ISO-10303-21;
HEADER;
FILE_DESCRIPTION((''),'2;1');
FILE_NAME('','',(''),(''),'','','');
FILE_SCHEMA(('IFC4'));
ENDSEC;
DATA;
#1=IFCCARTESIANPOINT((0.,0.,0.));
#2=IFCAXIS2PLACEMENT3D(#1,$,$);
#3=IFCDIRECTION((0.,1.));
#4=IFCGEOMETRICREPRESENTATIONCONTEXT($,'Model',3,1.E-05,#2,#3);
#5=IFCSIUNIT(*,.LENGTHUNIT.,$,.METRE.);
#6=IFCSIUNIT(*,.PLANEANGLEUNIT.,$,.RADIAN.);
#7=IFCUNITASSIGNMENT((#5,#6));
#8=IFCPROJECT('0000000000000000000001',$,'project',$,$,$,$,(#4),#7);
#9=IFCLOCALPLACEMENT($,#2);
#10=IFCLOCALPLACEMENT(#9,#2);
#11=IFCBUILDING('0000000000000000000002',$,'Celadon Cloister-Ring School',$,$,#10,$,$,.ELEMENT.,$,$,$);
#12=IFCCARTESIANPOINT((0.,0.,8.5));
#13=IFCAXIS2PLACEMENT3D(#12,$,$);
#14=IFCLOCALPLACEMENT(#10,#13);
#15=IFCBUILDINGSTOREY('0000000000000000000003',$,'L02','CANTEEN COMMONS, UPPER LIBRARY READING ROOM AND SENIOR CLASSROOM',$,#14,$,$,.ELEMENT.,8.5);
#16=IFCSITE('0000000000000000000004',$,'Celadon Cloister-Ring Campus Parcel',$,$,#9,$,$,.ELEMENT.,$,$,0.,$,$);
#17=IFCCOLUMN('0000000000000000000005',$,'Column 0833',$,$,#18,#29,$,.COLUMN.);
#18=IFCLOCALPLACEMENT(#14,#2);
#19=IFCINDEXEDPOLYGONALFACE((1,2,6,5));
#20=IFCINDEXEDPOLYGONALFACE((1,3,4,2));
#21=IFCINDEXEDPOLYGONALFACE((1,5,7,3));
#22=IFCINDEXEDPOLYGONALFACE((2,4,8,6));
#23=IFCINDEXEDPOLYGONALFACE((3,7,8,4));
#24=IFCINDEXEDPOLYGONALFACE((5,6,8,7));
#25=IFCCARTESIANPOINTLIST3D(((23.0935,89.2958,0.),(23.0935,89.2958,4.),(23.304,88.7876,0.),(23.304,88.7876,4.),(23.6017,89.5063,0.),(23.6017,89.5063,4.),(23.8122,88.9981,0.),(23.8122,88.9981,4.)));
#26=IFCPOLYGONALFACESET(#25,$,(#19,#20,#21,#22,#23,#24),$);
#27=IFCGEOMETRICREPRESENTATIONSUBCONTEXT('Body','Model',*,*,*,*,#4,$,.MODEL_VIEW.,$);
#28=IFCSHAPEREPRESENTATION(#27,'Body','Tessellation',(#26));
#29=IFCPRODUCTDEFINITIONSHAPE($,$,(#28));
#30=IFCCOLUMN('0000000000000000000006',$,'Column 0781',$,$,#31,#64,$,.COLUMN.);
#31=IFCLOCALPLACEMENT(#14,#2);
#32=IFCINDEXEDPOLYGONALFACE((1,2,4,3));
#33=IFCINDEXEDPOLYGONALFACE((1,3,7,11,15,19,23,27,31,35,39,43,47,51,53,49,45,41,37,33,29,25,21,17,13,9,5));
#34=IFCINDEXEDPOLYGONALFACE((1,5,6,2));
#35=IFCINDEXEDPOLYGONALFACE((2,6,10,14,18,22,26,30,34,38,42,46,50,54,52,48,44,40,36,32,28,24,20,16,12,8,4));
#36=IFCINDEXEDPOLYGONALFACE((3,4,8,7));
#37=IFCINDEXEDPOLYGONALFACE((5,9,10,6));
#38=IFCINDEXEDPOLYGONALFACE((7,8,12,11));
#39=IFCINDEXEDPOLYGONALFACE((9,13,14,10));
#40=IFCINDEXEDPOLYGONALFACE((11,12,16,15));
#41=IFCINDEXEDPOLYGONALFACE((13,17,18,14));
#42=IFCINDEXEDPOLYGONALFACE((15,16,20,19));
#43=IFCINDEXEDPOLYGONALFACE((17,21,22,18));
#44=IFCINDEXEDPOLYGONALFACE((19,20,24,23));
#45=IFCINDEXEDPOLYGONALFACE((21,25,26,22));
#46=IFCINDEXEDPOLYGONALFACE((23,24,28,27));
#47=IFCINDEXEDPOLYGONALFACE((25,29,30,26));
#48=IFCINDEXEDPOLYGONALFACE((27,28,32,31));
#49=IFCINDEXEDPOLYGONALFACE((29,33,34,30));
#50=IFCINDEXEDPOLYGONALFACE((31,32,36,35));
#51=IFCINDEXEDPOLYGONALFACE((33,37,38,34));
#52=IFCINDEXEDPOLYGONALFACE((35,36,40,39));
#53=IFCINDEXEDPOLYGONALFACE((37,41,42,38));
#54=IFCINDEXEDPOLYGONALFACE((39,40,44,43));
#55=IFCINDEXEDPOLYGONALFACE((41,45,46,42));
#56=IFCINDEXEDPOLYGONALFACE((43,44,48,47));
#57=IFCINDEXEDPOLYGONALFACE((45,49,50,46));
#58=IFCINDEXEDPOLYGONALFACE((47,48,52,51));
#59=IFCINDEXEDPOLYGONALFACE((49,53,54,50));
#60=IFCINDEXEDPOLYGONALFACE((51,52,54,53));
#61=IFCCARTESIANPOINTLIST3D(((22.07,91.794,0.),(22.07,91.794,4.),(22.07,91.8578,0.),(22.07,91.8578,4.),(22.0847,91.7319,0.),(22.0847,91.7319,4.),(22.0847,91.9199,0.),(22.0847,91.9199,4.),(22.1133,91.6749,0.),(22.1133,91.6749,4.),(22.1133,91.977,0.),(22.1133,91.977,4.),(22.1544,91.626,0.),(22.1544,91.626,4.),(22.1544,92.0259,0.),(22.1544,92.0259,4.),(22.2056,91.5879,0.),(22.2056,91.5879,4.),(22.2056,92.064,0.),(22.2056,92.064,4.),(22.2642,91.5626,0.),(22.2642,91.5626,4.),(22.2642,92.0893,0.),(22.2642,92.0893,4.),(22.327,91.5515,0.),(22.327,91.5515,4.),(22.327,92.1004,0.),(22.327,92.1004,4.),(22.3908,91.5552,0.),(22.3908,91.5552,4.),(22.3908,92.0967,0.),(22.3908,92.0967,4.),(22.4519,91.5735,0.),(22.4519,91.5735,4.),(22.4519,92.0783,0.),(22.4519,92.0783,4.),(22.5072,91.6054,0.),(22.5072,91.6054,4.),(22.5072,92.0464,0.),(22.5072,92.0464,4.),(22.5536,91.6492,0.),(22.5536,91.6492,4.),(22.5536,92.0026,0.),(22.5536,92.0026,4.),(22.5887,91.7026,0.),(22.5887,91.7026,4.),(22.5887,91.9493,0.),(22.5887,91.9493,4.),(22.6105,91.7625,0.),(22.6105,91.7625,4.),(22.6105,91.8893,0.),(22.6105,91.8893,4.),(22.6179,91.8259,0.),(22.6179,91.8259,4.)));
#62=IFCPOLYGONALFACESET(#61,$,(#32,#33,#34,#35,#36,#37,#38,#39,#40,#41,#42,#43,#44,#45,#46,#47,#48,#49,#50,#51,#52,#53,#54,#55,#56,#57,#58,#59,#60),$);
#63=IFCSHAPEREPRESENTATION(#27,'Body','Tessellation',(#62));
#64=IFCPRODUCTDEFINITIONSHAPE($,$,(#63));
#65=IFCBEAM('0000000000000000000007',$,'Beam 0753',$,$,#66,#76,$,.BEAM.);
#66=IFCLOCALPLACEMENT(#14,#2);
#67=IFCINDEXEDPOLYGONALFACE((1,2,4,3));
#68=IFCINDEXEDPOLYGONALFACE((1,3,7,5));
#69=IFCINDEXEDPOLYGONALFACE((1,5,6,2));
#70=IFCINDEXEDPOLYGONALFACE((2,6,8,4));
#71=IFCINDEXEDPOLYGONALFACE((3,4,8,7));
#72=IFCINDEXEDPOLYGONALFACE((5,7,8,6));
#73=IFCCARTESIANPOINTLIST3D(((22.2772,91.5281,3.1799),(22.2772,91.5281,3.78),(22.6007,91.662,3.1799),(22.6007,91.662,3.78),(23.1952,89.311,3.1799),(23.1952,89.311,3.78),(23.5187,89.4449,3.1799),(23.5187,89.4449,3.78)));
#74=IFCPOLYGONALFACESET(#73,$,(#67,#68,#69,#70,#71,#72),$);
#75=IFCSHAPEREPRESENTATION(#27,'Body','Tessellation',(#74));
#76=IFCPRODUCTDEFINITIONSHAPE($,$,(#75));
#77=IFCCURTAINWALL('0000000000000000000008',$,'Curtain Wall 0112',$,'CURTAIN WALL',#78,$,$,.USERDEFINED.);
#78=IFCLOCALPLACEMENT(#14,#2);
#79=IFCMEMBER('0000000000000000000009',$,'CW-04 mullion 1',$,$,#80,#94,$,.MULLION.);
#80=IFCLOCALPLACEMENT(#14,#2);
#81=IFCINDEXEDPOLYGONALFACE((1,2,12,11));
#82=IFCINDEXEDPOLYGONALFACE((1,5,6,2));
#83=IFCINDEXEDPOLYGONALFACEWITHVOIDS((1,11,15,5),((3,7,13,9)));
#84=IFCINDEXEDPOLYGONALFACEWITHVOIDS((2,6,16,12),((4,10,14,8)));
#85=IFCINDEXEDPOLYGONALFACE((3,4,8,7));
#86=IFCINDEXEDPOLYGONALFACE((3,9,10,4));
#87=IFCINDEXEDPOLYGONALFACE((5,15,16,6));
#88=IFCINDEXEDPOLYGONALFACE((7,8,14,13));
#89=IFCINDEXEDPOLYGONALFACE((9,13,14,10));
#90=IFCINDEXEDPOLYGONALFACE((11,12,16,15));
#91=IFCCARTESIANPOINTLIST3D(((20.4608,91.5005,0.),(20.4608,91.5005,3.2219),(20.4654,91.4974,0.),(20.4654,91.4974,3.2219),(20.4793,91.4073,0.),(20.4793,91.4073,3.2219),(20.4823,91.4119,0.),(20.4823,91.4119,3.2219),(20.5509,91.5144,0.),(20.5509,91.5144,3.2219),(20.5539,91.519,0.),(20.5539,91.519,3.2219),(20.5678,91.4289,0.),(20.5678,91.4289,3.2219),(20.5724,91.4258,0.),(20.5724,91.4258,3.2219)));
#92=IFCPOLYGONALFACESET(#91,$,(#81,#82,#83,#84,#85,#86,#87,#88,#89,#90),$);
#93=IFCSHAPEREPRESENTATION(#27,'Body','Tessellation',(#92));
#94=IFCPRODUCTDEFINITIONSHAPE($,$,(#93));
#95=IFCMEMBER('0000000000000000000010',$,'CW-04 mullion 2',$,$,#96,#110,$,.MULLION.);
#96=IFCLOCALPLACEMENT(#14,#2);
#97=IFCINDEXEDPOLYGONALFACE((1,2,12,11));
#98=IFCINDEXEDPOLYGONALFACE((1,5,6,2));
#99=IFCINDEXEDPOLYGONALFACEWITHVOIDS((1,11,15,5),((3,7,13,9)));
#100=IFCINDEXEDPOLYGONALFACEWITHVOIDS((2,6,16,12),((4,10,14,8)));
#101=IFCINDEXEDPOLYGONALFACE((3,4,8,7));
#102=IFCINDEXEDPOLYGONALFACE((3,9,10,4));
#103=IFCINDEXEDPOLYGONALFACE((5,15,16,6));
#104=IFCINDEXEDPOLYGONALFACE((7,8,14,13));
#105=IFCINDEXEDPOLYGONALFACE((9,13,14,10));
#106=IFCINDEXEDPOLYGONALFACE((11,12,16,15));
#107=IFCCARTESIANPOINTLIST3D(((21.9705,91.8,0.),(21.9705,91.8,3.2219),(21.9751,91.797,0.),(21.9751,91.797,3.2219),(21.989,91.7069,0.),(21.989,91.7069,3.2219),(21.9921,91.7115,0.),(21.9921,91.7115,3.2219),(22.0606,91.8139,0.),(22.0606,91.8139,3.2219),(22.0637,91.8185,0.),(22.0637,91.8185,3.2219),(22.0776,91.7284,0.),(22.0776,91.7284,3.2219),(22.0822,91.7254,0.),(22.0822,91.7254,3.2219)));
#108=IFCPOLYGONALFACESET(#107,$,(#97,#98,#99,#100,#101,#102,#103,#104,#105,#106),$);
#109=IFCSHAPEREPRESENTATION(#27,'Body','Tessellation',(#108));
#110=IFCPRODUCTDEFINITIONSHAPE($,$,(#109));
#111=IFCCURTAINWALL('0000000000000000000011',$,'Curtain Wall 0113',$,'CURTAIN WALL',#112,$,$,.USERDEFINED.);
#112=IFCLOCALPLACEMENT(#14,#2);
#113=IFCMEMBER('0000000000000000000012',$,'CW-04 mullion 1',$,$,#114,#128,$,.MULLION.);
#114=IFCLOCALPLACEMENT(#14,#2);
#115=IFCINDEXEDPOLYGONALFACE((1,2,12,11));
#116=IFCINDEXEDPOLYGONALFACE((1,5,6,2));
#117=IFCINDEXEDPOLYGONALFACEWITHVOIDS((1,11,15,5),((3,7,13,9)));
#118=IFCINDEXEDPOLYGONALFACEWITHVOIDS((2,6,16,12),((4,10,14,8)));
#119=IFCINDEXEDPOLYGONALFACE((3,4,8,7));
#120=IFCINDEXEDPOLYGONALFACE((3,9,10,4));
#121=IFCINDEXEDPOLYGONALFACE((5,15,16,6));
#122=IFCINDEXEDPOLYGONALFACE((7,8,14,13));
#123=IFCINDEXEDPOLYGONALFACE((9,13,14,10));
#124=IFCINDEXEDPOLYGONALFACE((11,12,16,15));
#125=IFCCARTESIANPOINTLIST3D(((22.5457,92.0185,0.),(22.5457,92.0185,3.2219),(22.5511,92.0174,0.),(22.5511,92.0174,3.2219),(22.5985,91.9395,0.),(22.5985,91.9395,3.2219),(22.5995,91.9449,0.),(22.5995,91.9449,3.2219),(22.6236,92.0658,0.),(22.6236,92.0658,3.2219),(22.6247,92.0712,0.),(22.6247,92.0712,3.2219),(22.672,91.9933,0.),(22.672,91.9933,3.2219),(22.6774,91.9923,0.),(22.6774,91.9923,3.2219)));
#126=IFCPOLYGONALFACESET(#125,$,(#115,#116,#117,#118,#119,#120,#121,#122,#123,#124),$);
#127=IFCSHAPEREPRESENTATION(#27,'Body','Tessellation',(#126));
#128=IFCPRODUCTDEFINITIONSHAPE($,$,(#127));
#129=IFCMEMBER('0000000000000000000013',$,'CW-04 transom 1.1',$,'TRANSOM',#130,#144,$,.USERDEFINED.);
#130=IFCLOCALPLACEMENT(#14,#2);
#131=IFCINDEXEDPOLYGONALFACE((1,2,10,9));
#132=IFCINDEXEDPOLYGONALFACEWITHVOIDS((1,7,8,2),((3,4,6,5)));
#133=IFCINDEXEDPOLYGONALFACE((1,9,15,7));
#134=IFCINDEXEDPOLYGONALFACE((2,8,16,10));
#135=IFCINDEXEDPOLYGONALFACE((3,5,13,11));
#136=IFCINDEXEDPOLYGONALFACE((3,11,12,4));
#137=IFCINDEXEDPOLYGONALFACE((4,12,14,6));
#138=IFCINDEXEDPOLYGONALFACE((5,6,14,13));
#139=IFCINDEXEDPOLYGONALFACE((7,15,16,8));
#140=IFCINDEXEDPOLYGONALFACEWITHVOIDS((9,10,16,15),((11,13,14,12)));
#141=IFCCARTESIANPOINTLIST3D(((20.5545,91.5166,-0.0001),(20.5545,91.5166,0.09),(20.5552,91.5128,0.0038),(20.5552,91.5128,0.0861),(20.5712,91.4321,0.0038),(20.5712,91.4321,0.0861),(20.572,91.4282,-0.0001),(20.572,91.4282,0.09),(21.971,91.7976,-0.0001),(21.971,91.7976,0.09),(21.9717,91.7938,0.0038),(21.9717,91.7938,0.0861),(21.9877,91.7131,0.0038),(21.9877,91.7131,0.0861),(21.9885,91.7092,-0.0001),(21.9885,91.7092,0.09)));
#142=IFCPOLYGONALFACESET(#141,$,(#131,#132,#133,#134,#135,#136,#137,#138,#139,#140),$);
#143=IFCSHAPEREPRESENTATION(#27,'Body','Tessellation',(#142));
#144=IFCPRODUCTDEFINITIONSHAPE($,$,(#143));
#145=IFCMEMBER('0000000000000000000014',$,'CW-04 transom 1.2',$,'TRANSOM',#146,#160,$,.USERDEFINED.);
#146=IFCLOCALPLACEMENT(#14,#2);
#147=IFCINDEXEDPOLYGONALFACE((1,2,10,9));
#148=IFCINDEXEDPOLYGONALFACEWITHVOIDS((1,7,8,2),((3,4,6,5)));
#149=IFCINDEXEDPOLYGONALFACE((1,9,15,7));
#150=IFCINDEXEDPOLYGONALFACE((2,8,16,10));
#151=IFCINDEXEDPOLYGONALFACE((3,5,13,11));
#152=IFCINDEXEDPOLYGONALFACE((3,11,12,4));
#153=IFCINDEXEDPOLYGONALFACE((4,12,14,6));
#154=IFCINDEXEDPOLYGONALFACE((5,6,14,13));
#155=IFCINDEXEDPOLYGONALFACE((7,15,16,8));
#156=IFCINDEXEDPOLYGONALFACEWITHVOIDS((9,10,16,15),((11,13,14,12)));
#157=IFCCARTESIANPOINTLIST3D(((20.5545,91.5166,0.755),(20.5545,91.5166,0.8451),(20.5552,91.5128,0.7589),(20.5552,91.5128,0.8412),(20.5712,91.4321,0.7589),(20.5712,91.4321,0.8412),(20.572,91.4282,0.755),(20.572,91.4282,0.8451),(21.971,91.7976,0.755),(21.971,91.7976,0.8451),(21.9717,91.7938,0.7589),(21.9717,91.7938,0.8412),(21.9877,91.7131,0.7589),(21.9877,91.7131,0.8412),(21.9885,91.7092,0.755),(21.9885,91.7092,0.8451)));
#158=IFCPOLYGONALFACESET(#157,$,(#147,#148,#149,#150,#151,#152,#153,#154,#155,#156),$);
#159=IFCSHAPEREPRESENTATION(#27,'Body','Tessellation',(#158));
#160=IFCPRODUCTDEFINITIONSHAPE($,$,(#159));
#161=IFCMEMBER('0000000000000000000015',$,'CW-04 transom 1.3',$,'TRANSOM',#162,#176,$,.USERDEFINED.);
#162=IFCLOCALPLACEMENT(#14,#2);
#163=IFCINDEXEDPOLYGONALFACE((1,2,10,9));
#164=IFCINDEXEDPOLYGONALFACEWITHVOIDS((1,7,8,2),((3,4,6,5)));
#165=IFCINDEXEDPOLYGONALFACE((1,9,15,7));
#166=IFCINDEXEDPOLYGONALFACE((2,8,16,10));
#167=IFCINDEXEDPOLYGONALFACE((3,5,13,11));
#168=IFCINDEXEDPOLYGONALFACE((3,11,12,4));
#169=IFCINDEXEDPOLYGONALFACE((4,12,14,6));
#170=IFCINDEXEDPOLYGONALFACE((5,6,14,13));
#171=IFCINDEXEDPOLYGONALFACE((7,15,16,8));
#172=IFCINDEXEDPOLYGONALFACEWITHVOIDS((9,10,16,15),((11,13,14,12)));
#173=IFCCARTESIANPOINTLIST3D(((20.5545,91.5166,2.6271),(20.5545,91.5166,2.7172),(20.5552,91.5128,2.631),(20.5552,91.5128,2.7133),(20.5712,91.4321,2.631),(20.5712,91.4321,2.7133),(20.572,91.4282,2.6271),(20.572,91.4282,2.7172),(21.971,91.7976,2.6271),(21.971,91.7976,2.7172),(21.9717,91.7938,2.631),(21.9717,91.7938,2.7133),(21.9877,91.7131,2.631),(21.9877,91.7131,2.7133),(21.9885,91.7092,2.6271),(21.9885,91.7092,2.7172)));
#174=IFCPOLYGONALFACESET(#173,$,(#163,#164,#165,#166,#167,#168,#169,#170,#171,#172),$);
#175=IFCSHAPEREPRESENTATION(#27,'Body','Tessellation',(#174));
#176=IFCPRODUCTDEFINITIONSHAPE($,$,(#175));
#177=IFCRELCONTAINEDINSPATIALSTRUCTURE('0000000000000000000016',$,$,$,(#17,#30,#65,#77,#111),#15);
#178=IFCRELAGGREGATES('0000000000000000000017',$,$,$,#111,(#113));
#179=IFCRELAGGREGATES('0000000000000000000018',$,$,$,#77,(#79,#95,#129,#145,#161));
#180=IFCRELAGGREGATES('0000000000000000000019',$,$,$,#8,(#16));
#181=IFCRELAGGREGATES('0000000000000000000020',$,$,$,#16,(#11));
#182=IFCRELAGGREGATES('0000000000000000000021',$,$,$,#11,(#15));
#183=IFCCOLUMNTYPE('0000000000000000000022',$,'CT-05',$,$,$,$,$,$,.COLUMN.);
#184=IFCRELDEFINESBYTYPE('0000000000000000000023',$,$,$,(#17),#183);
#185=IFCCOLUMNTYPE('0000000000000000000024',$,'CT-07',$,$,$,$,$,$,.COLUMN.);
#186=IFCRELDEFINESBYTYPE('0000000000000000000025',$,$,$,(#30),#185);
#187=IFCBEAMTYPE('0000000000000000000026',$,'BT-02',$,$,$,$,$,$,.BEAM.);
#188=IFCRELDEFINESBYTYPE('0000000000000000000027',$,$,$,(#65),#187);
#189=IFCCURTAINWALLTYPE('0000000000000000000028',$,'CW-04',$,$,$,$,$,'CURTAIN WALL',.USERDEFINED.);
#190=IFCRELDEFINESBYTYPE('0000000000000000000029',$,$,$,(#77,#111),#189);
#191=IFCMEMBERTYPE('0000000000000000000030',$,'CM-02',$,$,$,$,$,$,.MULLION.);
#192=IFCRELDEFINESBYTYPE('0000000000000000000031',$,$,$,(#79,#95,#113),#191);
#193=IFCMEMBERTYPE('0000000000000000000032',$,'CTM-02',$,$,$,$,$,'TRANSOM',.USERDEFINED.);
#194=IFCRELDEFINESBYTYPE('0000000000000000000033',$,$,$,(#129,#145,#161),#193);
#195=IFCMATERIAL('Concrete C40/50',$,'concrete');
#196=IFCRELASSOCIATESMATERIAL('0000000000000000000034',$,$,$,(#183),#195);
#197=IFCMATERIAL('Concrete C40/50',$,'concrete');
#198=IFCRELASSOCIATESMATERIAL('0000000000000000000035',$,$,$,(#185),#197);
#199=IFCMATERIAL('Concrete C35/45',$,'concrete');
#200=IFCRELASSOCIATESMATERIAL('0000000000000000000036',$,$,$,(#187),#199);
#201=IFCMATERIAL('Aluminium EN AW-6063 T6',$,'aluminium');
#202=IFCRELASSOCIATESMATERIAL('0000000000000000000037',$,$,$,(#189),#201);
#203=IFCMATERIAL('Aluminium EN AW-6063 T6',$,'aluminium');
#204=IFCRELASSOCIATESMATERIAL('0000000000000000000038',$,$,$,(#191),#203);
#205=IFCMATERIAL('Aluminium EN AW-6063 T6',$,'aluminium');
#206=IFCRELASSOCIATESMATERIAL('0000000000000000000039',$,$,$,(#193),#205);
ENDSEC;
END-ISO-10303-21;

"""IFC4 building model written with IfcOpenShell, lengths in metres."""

from ifc_helpers import new_model, si_unit, direction, frame, origin, origin_2d, place, context, subcontext, project, spatial, rectangle, hollow_rectangle, circle, extrude, material, material_profile, profile_set, type_object, element, aggregate, save


model = new_model("IFC4")

# Units and contexts
model_context = context("Model", 3, precision=1e-05, world=origin(), true_north=direction((0.0, 1.0)))
body_context = subcontext(model_context, "Body", "Model", "MODEL_VIEW")
ifc_project = project(units=[si_unit("LENGTHUNIT", "METRE"), si_unit("PLANEANGLEUNIT", "RADIAN")], contexts=[model_context])

# Site, building, storey
site_placement = place(None, origin())
site = spatial("IfcSite", under=ifc_project, at=site_placement, Name="Celadon Cloister-Ring Campus Parcel", CompositionType="ELEMENT", RefElevation=0.0)
building_placement = place(site_placement, origin())
building = spatial("IfcBuilding", under=site, at=building_placement, Name="Celadon Cloister-Ring School", CompositionType="ELEMENT")
storey_placement = place(building_placement, frame((0.0, 0.0, 8.5)))
storey = spatial("IfcBuildingStorey", under=building, at=storey_placement, Name="L02", Description="CANTEEN COMMONS, UPPER LIBRARY READING ROOM AND SENIOR CLASSROOM", CompositionType="ELEMENT", Elevation=8.5)

# Columns
ifc_material_1 = material(Name="Concrete C40/50", Category="concrete")
ifc_material_profile_1 = material_profile(ifc_material_1, rectangle(XDim=0.55, YDim=0.55, at=origin_2d()), Name="RC550X550")
ifc_profile_set_1 = profile_set([ifc_material_profile_1], Name="Concrete C40/50")
column_type_1 = type_object("IfcColumnType", Name="CT-05", PredefinedType="COLUMN", material=ifc_profile_set_1)
column_1_placement = place(storey_placement, frame((23.4529, 89.147, 0.0), z_axis=(0.0, 0.0, 1.0), x_axis=(0.382683, -0.92388, 0.0)))
element("IfcColumn", 1, at=column_1_placement, inside=storey, type_object=column_type_1, Name="Column 0833", PredefinedType="COLUMN", context=body_context, shape_type="SweptSolid", body=[
    extrude(rectangle(XDim=0.55, YDim=0.55, at=origin_2d()), origin(), (0.0, 0.0, 1.0), 4.0),
])
ifc_material_2 = material(Name="Concrete C40/50", Category="concrete")
ifc_material_profile_2 = material_profile(ifc_material_2, circle(Radius=0.2749, at=origin_2d()), Name="CIRC550")
ifc_profile_set_2 = profile_set([ifc_material_profile_2], Name="Concrete C40/50")
column_type_2 = type_object("IfcColumnType", Name="CT-07", PredefinedType="COLUMN", material=ifc_profile_set_2)
column_2_placement = place(storey_placement, frame((22.343, 91.8259, 0.0), z_axis=(0.0, 0.0, 1.0), x_axis=(1.0, 0.0, 0.0)))
element("IfcColumn", 2, at=column_2_placement, inside=storey, type_object=column_type_2, Name="Column 0781", PredefinedType="COLUMN", context=body_context, shape_type="SweptSolid", body=[
    extrude(circle(Radius=0.2749, at=origin_2d()), origin(), (0.0, 0.0, 1.0), 4.0),
])

# Beam
ifc_material_3 = material(Name="Concrete C35/45", Category="concrete")
ifc_material_profile_3 = material_profile(ifc_material_3, rectangle(XDim=0.3501, YDim=0.6001, at=origin_2d()), Name="RC350X600")
ifc_profile_set_3 = profile_set([ifc_material_profile_3], Name="Concrete C35/45")
beam_type_1 = type_object("IfcBeamType", Name="BT-02", PredefinedType="BEAM", material=ifc_profile_set_3)
beam_1_placement = place(storey_placement, frame((23.3569, 89.3779, 3.48), z_axis=(-0.382555, 0.923933, 0.0), x_axis=(-0.923933, -0.382555, 0.0)))
element("IfcBeam", 3, at=beam_1_placement, inside=storey, type_object=beam_type_1, Name="Beam 0753", PredefinedType="BEAM", context=body_context, shape_type="SweptSolid", body=[
    extrude(rectangle(XDim=0.3501, YDim=0.6001, at=origin_2d()), origin(), (0.0, 0.0, 1.0), 2.3997),
])

# Curtain wall, members
ifc_material_4 = material(Name="Aluminium EN AW-6063 T6", Category="aluminium")
curtain_wall_type = type_object("IfcCurtainWallType", Name="CW-04", ElementType="CURTAIN WALL", PredefinedType="USERDEFINED", material=ifc_material_4)
curtain_wall_1_placement = place(storey_placement, origin())
curtain_wall_1 = element("IfcCurtainWall", 4, at=curtain_wall_1_placement, inside=storey, type_object=curtain_wall_type, Name="Curtain Wall 0112", ObjectType="CURTAIN WALL", PredefinedType="USERDEFINED")
ifc_material_5 = material(Name="Aluminium EN AW-6063 T6", Category="aluminium")
ifc_material_profile_4 = material_profile(ifc_material_5, hollow_rectangle(XDim=0.095, YDim=0.095, WallThickness=0.0039, at=origin_2d()), Name="RHS95X95X4")
ifc_profile_set_4 = profile_set([ifc_material_profile_4], Name="Aluminium EN AW-6063 T6")
member_type_1 = type_object("IfcMemberType", Name="CM-02", PredefinedType="MULLION", material=ifc_profile_set_4)
member_1_placement = place(storey_placement, frame((20.5166, 91.4631, 0.0), z_axis=(0.0, 0.0, 1.0), x_axis=(-0.194586, 0.980885, 0.0)))
member_1 = element("IfcMember", 5, at=member_1_placement, type_object=member_type_1, Name="CW-04 mullion 1", PredefinedType="MULLION", context=body_context, shape_type="SweptSolid", body=[
    extrude(hollow_rectangle(XDim=0.095, YDim=0.095, WallThickness=0.0039, at=origin_2d()), origin(), (0.0, 0.0, 1.0), 3.2219),
])
member_2_placement = place(storey_placement, frame((22.0264, 91.7627, 0.0), z_axis=(0.0, 0.0, 1.0), x_axis=(-0.194586, 0.980885, 0.0)))
member_2 = element("IfcMember", 6, at=member_2_placement, type_object=member_type_1, Name="CW-04 mullion 2", PredefinedType="MULLION", context=body_context, shape_type="SweptSolid", body=[
    extrude(hollow_rectangle(XDim=0.095, YDim=0.095, WallThickness=0.0039, at=origin_2d()), origin(), (0.0, 0.0, 1.0), 3.2219),
])

# Curtain wall, member
curtain_wall_2_placement = place(storey_placement, origin())
curtain_wall_2 = element("IfcCurtainWall", 7, at=curtain_wall_2_placement, inside=storey, type_object=curtain_wall_type, Name="Curtain Wall 0113", ObjectType="CURTAIN WALL", PredefinedType="USERDEFINED")
member_3_placement = place(storey_placement, frame((22.6116, 92.0054, 0.0), z_axis=(0.0, 0.0, 1.0), x_axis=(-0.555547, 0.831485, 0.0)))
member_3 = element("IfcMember", 8, at=member_3_placement, type_object=member_type_1, Name="CW-04 mullion 1", PredefinedType="MULLION", context=body_context, shape_type="SweptSolid", body=[
    extrude(hollow_rectangle(XDim=0.095, YDim=0.095, WallThickness=0.0039, at=origin_2d()), origin(), (0.0, 0.0, 1.0), 3.2219),
])

# Members
ifc_material_6 = material(Name="Aluminium EN AW-6063 T6", Category="aluminium")
ifc_material_profile_5 = material_profile(ifc_material_6, hollow_rectangle(XDim=0.0901, YDim=0.0901, WallThickness=0.0039, at=origin_2d()), Name="RHS90X90X4")
ifc_profile_set_5 = profile_set([ifc_material_profile_5], Name="Aluminium EN AW-6063 T6")
member_type_2 = type_object("IfcMemberType", Name="CTM-02", ElementType="TRANSOM", PredefinedType="USERDEFINED", material=ifc_profile_set_5)
member_4_placement = place(storey_placement, frame((20.5632, 91.4724, 0.0449), z_axis=(0.980885, 0.194588, 0.0), x_axis=(-0.194588, 0.980885, 0.0)))
member_4 = element("IfcMember", 9, at=member_4_placement, type_object=member_type_2, Name="CW-04 transom 1.1", ObjectType="TRANSOM", PredefinedType="USERDEFINED", context=body_context, shape_type="SweptSolid", body=[
    extrude(hollow_rectangle(XDim=0.0901, YDim=0.0901, WallThickness=0.0039, at=origin_2d()), origin(), (0.0, 0.0, 1.0), 1.4441),
])
member_5_placement = place(storey_placement, frame((20.5632, 91.4724, 0.8), z_axis=(0.980885, 0.194588, 0.0), x_axis=(-0.194588, 0.980885, 0.0)))
member_5 = element("IfcMember", 10, at=member_5_placement, type_object=member_type_2, Name="CW-04 transom 1.2", ObjectType="TRANSOM", PredefinedType="USERDEFINED", context=body_context, shape_type="SweptSolid", body=[
    extrude(hollow_rectangle(XDim=0.0901, YDim=0.0901, WallThickness=0.0039, at=origin_2d()), origin(), (0.0, 0.0, 1.0), 1.4441),
])
member_6_placement = place(storey_placement, frame((20.5632, 91.4724, 2.6721), z_axis=(0.980885, 0.194588, 0.0), x_axis=(-0.194588, 0.980885, 0.0)))
member_6 = element("IfcMember", 11, at=member_6_placement, type_object=member_type_2, Name="CW-04 transom 1.3", ObjectType="TRANSOM", PredefinedType="USERDEFINED", context=body_context, shape_type="SweptSolid", body=[
    extrude(hollow_rectangle(XDim=0.0901, YDim=0.0901, WallThickness=0.0039, at=origin_2d()), origin(), (0.0, 0.0, 1.0), 1.4441),
])
aggregate(curtain_wall_2, [member_3])

aggregate(curtain_wall_1, [member_1, member_2, member_4, member_5, member_6])

save(model, "model.ifc")
